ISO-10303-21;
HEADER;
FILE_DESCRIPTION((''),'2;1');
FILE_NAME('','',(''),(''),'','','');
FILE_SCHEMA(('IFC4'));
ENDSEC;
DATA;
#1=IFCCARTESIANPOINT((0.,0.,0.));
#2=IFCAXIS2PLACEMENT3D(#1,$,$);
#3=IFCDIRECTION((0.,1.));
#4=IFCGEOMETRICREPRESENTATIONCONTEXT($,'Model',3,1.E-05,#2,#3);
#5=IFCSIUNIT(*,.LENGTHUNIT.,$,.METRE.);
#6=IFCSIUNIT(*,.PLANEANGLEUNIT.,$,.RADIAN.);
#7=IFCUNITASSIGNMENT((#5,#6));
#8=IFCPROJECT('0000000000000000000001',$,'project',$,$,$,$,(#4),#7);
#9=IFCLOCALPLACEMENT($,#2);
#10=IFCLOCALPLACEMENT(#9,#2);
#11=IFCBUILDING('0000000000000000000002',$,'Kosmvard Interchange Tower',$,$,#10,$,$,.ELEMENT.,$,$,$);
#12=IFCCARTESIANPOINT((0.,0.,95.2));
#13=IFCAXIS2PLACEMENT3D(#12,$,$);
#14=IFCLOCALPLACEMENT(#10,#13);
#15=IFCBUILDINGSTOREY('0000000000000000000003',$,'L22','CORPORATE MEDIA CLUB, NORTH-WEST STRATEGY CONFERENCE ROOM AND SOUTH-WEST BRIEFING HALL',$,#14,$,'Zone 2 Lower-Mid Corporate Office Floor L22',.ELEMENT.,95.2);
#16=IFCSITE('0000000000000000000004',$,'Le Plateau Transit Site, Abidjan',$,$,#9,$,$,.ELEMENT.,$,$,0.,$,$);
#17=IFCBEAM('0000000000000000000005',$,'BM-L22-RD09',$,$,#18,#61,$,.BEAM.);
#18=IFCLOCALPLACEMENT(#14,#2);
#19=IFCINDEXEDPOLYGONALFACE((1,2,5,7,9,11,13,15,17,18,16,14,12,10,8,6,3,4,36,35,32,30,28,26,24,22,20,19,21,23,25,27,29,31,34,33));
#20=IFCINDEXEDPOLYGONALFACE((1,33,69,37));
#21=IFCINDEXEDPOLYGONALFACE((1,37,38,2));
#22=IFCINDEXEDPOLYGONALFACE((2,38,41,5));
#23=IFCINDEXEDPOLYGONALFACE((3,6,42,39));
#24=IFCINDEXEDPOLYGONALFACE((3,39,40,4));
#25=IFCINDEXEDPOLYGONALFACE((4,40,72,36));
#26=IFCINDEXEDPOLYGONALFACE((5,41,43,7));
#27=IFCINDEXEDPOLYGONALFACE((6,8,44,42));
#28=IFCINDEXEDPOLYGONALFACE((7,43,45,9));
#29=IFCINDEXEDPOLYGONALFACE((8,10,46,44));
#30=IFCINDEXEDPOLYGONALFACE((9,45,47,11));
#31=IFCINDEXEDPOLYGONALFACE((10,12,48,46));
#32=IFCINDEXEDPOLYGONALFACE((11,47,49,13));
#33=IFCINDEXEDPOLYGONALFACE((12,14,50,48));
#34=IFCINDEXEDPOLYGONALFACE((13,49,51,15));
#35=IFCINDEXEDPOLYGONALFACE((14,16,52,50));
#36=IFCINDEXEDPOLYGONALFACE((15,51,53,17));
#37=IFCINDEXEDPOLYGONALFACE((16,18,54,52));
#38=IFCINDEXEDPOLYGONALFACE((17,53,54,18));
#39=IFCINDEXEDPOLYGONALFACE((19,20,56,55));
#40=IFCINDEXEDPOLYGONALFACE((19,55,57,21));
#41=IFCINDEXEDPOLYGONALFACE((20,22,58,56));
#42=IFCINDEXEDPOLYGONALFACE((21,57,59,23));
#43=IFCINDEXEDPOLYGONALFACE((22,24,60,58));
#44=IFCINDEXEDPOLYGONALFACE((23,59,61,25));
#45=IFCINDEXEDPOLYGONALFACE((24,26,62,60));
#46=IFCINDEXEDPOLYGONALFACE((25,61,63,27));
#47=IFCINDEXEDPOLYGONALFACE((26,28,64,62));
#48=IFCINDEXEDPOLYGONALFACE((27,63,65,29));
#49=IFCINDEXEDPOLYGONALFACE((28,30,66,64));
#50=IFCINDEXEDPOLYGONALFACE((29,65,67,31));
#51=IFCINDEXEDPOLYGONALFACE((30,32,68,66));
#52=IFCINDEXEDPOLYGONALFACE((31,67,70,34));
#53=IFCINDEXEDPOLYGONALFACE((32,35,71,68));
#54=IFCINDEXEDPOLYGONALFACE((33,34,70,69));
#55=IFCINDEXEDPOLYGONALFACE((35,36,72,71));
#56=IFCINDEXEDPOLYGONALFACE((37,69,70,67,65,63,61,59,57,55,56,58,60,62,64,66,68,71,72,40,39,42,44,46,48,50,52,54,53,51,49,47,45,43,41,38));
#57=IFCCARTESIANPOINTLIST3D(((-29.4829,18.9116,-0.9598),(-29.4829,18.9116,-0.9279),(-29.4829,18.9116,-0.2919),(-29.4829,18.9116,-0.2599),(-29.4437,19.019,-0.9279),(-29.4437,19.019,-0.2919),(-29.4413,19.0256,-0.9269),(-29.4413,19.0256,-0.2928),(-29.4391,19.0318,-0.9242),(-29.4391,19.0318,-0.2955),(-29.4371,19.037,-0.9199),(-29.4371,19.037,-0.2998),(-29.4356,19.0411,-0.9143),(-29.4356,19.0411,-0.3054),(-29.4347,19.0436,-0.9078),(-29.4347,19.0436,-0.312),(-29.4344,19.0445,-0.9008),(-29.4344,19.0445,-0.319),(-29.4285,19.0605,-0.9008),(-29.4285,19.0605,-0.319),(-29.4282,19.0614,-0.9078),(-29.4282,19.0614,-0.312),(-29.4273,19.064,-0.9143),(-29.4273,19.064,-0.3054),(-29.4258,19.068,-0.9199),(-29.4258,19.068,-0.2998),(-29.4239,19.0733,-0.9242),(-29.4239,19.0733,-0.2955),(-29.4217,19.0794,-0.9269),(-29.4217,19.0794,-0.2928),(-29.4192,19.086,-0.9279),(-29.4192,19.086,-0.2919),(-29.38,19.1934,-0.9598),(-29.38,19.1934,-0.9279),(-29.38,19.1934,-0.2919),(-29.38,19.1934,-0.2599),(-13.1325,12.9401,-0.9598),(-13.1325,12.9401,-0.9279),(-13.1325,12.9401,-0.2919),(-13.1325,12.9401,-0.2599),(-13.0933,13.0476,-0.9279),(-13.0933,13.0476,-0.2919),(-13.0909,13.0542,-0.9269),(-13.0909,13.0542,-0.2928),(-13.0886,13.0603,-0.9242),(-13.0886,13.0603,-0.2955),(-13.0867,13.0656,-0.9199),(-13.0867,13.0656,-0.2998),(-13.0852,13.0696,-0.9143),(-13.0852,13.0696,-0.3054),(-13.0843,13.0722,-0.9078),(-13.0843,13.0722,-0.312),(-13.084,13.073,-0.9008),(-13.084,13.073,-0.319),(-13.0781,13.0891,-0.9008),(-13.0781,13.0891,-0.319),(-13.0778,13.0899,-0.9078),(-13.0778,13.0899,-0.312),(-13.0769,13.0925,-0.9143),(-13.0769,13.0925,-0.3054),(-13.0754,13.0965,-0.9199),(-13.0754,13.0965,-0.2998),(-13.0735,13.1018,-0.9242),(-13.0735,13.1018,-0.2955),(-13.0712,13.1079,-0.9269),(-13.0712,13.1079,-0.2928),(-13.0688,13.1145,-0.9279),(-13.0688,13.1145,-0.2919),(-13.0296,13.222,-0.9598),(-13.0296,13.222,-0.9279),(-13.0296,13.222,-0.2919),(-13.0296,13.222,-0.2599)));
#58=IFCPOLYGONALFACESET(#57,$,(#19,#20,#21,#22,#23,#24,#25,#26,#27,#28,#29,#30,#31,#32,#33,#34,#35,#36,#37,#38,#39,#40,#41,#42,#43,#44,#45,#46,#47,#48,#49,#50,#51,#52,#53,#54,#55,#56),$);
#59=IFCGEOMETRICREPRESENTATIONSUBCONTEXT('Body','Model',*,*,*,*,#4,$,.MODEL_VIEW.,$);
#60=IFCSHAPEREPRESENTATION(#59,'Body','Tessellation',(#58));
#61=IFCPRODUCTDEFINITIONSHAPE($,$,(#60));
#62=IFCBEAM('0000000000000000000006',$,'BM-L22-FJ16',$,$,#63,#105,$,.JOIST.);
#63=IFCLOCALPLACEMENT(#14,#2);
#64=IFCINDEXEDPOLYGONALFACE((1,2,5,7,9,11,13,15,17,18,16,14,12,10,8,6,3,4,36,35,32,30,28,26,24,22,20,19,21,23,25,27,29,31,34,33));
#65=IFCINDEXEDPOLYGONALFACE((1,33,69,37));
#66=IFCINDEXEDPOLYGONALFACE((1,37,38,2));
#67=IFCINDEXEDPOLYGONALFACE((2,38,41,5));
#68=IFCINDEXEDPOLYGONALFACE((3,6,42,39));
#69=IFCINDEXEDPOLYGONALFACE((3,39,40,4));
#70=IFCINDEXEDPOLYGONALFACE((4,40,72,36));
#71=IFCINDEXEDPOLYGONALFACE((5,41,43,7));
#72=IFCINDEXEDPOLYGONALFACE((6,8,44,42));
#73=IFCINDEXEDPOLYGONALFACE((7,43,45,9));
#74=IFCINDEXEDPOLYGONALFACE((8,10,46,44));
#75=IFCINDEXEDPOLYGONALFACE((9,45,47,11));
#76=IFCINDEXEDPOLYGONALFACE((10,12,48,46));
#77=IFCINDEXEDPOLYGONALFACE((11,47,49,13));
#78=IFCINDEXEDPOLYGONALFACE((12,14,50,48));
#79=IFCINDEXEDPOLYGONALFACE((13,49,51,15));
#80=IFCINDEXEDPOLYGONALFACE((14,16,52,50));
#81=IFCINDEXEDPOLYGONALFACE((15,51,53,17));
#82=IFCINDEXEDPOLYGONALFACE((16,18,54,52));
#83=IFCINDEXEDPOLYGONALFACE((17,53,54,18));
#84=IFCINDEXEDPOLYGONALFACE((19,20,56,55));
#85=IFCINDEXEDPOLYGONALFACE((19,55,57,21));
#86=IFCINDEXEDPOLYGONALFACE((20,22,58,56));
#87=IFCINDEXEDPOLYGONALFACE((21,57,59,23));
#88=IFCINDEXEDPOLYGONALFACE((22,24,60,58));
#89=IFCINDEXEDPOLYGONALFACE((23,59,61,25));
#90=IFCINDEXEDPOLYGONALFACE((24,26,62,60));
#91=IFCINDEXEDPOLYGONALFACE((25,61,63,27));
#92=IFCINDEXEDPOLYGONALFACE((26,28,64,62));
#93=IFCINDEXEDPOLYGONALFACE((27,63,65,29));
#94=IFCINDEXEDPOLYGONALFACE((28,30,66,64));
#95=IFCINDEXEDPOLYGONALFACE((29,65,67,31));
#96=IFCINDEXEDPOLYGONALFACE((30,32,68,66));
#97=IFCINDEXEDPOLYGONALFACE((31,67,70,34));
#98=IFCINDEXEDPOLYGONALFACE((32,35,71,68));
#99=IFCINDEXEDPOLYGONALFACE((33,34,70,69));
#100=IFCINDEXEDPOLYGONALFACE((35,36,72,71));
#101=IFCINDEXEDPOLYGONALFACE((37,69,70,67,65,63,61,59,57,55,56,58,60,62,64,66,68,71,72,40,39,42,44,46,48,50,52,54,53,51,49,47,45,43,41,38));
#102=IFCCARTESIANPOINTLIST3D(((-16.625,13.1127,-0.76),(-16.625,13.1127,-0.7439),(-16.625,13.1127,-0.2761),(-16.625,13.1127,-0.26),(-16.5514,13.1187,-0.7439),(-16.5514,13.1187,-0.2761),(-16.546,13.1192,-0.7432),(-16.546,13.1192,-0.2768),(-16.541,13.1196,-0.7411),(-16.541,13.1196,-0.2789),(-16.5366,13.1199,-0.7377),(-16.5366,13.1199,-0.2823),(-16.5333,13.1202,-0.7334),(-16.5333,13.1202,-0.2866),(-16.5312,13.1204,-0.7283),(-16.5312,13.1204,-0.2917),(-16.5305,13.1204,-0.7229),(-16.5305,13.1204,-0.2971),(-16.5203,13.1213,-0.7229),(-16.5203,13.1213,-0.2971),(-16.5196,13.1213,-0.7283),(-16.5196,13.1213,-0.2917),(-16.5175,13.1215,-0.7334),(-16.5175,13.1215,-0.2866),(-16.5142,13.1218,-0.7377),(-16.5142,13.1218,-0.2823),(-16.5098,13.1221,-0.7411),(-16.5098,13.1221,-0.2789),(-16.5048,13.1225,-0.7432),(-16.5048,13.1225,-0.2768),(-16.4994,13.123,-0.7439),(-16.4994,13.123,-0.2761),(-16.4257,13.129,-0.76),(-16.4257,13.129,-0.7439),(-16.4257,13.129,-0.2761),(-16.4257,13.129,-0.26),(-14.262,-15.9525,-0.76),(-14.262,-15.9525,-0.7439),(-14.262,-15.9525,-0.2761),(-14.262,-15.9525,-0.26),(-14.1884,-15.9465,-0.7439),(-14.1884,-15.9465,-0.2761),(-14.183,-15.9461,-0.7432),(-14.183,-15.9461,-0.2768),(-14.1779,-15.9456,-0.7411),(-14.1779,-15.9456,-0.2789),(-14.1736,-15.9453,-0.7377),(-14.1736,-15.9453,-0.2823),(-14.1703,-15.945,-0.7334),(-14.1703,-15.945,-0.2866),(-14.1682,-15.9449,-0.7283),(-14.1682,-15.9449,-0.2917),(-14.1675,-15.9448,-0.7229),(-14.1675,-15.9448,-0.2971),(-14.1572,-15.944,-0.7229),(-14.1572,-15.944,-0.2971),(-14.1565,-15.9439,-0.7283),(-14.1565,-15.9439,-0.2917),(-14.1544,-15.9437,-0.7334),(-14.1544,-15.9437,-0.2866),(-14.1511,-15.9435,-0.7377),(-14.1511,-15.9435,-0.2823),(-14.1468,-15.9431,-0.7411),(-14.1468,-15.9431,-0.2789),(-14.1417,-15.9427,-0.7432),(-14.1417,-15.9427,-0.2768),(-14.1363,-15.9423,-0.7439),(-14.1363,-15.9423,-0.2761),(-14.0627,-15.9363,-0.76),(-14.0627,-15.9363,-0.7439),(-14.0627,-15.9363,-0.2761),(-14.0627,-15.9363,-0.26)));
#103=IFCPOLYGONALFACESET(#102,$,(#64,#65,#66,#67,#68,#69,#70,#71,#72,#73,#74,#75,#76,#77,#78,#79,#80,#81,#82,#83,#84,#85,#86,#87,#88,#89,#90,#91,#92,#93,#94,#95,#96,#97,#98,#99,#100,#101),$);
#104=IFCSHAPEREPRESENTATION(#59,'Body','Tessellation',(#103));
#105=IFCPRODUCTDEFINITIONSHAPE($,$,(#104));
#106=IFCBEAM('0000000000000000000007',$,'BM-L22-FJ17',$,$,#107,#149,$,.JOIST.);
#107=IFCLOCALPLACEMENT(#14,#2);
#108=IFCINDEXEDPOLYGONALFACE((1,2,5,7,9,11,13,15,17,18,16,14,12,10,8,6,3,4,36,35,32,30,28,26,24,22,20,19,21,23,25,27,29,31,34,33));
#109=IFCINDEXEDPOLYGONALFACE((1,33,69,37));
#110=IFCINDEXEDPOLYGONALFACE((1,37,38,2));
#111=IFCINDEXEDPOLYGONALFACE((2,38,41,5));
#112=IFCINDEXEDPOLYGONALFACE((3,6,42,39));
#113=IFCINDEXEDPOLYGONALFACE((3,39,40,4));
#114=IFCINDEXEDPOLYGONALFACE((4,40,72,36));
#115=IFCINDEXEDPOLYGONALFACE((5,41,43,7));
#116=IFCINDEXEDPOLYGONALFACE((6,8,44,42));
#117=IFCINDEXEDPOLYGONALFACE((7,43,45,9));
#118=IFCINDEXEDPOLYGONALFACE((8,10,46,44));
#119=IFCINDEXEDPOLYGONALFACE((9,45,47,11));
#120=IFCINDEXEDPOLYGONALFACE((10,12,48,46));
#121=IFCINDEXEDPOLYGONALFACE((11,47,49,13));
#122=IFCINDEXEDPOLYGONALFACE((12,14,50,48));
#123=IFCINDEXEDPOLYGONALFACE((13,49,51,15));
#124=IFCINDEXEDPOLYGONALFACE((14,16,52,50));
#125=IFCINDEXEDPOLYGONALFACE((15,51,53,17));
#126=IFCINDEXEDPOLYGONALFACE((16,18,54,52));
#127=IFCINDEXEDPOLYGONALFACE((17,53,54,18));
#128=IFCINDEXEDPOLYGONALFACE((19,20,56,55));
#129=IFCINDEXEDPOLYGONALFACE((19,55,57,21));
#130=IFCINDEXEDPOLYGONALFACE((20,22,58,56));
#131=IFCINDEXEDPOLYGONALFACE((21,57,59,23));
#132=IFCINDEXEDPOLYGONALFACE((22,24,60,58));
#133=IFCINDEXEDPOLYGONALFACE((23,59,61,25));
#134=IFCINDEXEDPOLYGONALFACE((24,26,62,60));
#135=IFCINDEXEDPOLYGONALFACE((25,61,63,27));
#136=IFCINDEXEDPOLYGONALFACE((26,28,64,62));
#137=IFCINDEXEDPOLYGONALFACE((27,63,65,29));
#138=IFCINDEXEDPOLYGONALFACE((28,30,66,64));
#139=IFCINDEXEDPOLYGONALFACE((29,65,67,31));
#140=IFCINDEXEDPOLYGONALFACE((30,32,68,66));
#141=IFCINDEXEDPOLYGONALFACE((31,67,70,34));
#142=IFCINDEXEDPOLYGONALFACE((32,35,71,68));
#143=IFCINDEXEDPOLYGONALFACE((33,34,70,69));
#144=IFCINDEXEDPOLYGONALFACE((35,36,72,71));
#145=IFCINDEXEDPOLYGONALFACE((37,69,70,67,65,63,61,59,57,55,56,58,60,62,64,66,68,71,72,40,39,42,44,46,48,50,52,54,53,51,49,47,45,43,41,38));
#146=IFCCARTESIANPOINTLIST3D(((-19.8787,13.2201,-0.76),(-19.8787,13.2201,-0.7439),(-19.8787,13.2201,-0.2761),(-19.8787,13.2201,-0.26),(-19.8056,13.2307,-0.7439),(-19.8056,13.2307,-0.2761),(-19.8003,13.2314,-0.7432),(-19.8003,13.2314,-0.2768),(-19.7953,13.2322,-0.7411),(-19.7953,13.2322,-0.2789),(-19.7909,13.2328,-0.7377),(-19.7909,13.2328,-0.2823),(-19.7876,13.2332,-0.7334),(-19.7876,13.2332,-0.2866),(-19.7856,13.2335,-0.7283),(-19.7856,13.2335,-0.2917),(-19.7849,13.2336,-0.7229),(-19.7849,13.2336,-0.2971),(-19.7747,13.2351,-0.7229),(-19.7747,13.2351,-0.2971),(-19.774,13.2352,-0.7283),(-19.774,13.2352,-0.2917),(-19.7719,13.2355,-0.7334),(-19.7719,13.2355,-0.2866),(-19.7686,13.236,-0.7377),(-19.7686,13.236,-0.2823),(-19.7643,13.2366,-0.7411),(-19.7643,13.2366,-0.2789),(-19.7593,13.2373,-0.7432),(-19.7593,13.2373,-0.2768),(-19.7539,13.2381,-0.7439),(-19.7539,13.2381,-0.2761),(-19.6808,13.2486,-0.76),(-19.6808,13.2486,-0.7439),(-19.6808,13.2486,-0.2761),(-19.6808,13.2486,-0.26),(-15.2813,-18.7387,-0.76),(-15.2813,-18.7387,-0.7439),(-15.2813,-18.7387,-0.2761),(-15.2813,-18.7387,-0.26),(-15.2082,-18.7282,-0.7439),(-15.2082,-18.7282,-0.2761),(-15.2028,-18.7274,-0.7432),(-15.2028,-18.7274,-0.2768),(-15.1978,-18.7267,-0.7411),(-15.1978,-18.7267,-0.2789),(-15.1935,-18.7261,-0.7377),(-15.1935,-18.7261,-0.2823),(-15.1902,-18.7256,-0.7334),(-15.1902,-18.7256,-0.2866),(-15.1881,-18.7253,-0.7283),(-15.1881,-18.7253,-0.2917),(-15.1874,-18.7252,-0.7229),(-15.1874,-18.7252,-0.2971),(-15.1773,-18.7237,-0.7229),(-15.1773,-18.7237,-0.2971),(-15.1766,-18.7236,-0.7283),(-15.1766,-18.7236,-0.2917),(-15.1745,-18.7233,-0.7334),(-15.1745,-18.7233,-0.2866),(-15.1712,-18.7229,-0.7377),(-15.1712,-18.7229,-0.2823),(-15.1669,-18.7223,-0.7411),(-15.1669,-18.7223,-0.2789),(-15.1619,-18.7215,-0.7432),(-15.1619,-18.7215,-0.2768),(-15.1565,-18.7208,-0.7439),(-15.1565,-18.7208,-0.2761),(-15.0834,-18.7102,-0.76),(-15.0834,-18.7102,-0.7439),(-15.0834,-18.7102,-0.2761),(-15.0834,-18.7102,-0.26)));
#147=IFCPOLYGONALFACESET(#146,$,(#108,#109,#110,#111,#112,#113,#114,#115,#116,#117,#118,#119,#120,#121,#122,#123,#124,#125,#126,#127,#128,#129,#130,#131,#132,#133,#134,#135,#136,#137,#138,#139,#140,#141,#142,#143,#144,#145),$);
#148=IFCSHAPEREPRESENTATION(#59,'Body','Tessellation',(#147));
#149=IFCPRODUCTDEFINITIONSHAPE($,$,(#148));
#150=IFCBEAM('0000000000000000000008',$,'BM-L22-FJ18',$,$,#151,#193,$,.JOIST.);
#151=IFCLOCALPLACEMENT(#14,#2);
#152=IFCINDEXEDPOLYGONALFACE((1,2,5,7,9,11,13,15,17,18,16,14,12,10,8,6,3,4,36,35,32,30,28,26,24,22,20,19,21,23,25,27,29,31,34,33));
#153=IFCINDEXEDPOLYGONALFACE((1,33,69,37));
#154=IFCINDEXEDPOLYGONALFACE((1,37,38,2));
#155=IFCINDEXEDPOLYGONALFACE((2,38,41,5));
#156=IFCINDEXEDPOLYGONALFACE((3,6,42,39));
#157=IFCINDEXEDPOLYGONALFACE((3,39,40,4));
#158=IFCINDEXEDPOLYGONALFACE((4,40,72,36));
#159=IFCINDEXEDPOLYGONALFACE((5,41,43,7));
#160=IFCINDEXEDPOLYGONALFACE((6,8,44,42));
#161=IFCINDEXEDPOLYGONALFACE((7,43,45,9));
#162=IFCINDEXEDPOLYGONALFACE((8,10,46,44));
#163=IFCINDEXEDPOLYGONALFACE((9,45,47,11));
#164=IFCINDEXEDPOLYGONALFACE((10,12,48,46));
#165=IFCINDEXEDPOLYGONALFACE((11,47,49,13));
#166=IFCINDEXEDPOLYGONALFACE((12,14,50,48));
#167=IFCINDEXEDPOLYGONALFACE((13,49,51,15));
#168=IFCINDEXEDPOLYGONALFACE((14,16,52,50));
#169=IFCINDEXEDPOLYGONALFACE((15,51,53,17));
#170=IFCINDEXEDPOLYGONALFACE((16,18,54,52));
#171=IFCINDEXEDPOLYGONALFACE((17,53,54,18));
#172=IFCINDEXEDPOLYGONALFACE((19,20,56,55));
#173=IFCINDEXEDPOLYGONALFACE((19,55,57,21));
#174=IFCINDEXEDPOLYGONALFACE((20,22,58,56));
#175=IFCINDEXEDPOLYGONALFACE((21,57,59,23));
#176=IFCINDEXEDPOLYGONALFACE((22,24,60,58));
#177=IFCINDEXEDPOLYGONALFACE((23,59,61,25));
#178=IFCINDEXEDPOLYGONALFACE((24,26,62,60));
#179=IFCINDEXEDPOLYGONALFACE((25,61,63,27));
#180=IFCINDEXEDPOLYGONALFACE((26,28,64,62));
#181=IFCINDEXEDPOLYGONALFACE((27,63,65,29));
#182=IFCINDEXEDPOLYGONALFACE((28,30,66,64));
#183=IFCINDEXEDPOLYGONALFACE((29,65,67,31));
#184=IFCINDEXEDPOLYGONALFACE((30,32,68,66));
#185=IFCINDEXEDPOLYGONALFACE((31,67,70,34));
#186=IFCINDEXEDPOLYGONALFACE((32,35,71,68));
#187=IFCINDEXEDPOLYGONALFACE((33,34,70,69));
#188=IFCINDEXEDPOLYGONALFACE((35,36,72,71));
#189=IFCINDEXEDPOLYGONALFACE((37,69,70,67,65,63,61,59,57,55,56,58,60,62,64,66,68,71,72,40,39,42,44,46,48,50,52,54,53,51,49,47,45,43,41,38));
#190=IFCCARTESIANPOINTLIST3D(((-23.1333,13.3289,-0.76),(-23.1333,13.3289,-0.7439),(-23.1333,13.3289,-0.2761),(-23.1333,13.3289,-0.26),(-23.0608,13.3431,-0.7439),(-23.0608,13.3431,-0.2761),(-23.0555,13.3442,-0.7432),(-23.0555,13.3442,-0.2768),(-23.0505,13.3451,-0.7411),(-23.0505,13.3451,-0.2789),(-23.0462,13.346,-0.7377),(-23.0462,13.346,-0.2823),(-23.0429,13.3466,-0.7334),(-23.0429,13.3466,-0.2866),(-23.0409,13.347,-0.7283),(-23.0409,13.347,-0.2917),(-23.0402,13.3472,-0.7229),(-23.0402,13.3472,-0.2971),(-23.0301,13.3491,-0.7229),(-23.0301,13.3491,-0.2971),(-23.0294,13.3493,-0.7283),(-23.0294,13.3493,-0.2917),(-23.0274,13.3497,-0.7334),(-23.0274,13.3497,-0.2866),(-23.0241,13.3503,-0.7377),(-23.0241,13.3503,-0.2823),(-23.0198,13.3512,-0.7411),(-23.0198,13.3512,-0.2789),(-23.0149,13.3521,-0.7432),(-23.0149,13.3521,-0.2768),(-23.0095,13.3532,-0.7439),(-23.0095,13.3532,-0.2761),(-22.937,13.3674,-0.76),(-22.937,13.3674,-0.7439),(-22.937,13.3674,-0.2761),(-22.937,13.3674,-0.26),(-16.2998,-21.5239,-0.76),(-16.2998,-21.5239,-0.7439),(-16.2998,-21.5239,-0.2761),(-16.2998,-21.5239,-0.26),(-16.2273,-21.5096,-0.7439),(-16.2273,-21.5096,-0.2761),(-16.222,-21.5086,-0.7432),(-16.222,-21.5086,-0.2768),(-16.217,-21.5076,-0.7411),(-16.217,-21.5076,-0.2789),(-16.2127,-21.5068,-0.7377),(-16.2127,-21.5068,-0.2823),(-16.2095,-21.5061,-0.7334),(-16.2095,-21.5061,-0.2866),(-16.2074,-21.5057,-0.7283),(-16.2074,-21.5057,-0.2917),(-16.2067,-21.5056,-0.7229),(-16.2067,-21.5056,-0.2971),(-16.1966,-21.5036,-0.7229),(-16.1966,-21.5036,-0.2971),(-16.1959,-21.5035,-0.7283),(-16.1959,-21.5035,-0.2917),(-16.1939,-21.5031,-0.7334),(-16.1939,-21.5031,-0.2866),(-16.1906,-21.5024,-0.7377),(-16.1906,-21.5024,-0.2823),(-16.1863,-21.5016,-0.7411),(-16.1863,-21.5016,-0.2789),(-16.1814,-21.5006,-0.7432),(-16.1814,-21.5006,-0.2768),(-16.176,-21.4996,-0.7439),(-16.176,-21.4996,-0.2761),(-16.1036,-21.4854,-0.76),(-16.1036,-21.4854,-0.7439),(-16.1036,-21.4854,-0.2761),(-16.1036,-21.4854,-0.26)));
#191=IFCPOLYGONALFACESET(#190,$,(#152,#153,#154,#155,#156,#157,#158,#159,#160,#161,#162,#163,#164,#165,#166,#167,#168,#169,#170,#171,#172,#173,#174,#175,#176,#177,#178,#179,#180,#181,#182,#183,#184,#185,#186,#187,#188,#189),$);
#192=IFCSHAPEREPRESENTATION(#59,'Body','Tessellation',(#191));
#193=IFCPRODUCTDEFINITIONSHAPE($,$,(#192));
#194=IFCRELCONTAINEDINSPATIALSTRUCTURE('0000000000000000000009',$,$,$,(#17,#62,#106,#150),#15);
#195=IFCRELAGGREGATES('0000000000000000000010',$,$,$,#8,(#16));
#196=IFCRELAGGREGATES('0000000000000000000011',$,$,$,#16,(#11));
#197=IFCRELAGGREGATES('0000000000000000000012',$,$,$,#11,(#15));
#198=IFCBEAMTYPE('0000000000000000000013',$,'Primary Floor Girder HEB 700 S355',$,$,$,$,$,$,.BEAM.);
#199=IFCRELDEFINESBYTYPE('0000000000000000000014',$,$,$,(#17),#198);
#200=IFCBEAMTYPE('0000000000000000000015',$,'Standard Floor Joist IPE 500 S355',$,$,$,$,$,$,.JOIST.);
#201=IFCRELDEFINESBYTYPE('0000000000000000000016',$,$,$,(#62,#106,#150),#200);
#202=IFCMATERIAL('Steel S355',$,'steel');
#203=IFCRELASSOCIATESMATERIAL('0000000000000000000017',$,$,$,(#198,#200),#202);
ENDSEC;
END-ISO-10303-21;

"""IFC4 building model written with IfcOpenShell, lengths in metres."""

from ifc_helpers import new_model, si_unit, direction, frame, origin, origin_2d, place, context, subcontext, project, spatial, i_section, extrude, source, transform, mapped, material, material_profile, profile_set, type_object, element, save


model = new_model("IFC4")

# Units and contexts
model_context = context("Model", 3, precision=1e-05, world=origin(), true_north=direction((0.0, 1.0)))
body_context = subcontext(model_context, "Body", "Model", "MODEL_VIEW")
ifc_project = project(units=[si_unit("LENGTHUNIT", "METRE"), si_unit("PLANEANGLEUNIT", "RADIAN")], contexts=[model_context])

# Site, building, storey
site_placement = place(None, origin())
site = spatial("IfcSite", under=ifc_project, at=site_placement, Name="Le Plateau Transit Site, Abidjan", CompositionType="ELEMENT", RefElevation=0.0)
building_placement = place(site_placement, origin())
building = spatial("IfcBuilding", under=site, at=building_placement, Name="Kosmvard Interchange Tower", CompositionType="ELEMENT")
storey_placement = place(building_placement, frame((0.0, 0.0, 95.2)))
storey = spatial("IfcBuildingStorey", under=building, at=storey_placement, Name="L22", Description="CORPORATE MEDIA CLUB, NORTH-WEST STRATEGY CONFERENCE ROOM AND SOUTH-WEST BRIEFING HALL", LongName="Zone 2 Lower-Mid Corporate Office Floor L22", CompositionType="ELEMENT", Elevation=95.2)

# Beams
ifc_material_1 = material(Name="Steel S355", Category="steel")
ifc_material_profile_1 = material_profile(ifc_material_1, i_section(OverallWidth=0.3, OverallDepth=0.7, WebThickness=0.0171, FlangeThickness=0.032, FilletRadius=0.0271, at=origin_2d()), Name="HEB 700")
ifc_profile_set_1 = profile_set([ifc_material_profile_1], Name="Steel S355")
beam_type_1 = type_object("IfcBeamType", Name="Primary Floor Girder HEB 700 S355", PredefinedType="BEAM", material=ifc_profile_set_1)
shared_shape_1 = source(origin(), body_context, "Body", "SweptSolid", [
    extrude(i_section(OverallWidth=0.3, OverallDepth=0.7, WebThickness=0.0171, FlangeThickness=0.032, FilletRadius=0.0271, at=origin_2d()), origin(), (0.0, 0.0, 1.0), 17.4067),
])
beam_1_placement = place(storey_placement, frame((-13.0811, 13.0811, -0.6099), z_axis=(-0.939315, 0.343055, 0.0), x_axis=(-0.343055, -0.939315, 0.0)))
element("IfcBeam", 1, at=beam_1_placement, inside=storey, type_object=beam_type_1, Name="BM-L22-RD09", PredefinedType="BEAM", context=body_context, shape_type="MappedRepresentation", body=[
    mapped(shared_shape_1, transform((0.0, 0.0, 0.0), scale=1.0)),
])
ifc_material_profile_2 = material_profile(ifc_material_1, i_section(OverallWidth=0.2, OverallDepth=0.5, WebThickness=0.0103, FlangeThickness=0.0161, FilletRadius=0.021, at=origin_2d()), Name="IPE 500")
ifc_profile_set_2 = profile_set([ifc_material_profile_2], Name="Steel S355")
beam_type_2 = type_object("IfcBeamType", Name="Standard Floor Joist IPE 500 S355", PredefinedType="JOIST", material=ifc_profile_set_2)
shared_shape_2 = source(origin(), body_context, "Body", "SweptSolid", [
    extrude(i_section(OverallWidth=0.2, OverallDepth=0.5, WebThickness=0.0103, FlangeThickness=0.0161, FilletRadius=0.021, at=origin_2d()), origin(), (0.0, 0.0, 1.0), 29.1611),
])
beam_2_placement = place(storey_placement, frame((-16.5254, 13.1208, -0.51), z_axis=(0.081034, -0.996711, 0.0), x_axis=(0.996711, 0.081034, 0.0)))
element("IfcBeam", 2, at=beam_2_placement, inside=storey, type_object=beam_type_2, Name="BM-L22-FJ16", PredefinedType="JOIST", context=body_context, shape_type="MappedRepresentation", body=[
    mapped(shared_shape_2, transform((0.0, 0.0, 0.0), scale=1.0)),
])
shared_shape_3 = source(origin(), body_context, "Body", "SweptSolid", [
    extrude(i_section(OverallWidth=0.2, OverallDepth=0.5, WebThickness=0.0103, FlangeThickness=0.0161, FilletRadius=0.021, at=origin_2d()), origin(), (0.0, 0.0, 1.0), 32.2878),
])
beam_3_placement = place(storey_placement, frame((-19.7798, 13.2344, -0.51), z_axis=(0.142389, -0.989811, 0.0), x_axis=(0.989811, 0.142389, 0.0)))
element("IfcBeam", 3, at=beam_3_placement, inside=storey, type_object=beam_type_2, Name="BM-L22-FJ17", PredefinedType="JOIST", context=body_context, shape_type="MappedRepresentation", body=[
    mapped(shared_shape_3, transform((0.0, 0.0, 0.0), scale=1.0)),
])
shared_shape_4 = source(origin(), body_context, "Body", "SweptSolid", [
    extrude(i_section(OverallWidth=0.2, OverallDepth=0.5, WebThickness=0.0103, FlangeThickness=0.0161, FilletRadius=0.021, at=origin_2d()), origin(), (0.0, 0.0, 1.0), 35.5164),
])
beam_4_placement = place(storey_placement, frame((-23.0352, 13.3481, -0.51), z_axis=(0.192404, -0.981316, 0.0), x_axis=(0.981316, 0.192404, 0.0)))
element("IfcBeam", 4, at=beam_4_placement, inside=storey, type_object=beam_type_2, Name="BM-L22-FJ18", PredefinedType="JOIST", context=body_context, shape_type="MappedRepresentation", body=[
    mapped(shared_shape_4, transform((0.0, 0.0, 0.0), scale=1.0)),
])

save(model, "model.ifc")
